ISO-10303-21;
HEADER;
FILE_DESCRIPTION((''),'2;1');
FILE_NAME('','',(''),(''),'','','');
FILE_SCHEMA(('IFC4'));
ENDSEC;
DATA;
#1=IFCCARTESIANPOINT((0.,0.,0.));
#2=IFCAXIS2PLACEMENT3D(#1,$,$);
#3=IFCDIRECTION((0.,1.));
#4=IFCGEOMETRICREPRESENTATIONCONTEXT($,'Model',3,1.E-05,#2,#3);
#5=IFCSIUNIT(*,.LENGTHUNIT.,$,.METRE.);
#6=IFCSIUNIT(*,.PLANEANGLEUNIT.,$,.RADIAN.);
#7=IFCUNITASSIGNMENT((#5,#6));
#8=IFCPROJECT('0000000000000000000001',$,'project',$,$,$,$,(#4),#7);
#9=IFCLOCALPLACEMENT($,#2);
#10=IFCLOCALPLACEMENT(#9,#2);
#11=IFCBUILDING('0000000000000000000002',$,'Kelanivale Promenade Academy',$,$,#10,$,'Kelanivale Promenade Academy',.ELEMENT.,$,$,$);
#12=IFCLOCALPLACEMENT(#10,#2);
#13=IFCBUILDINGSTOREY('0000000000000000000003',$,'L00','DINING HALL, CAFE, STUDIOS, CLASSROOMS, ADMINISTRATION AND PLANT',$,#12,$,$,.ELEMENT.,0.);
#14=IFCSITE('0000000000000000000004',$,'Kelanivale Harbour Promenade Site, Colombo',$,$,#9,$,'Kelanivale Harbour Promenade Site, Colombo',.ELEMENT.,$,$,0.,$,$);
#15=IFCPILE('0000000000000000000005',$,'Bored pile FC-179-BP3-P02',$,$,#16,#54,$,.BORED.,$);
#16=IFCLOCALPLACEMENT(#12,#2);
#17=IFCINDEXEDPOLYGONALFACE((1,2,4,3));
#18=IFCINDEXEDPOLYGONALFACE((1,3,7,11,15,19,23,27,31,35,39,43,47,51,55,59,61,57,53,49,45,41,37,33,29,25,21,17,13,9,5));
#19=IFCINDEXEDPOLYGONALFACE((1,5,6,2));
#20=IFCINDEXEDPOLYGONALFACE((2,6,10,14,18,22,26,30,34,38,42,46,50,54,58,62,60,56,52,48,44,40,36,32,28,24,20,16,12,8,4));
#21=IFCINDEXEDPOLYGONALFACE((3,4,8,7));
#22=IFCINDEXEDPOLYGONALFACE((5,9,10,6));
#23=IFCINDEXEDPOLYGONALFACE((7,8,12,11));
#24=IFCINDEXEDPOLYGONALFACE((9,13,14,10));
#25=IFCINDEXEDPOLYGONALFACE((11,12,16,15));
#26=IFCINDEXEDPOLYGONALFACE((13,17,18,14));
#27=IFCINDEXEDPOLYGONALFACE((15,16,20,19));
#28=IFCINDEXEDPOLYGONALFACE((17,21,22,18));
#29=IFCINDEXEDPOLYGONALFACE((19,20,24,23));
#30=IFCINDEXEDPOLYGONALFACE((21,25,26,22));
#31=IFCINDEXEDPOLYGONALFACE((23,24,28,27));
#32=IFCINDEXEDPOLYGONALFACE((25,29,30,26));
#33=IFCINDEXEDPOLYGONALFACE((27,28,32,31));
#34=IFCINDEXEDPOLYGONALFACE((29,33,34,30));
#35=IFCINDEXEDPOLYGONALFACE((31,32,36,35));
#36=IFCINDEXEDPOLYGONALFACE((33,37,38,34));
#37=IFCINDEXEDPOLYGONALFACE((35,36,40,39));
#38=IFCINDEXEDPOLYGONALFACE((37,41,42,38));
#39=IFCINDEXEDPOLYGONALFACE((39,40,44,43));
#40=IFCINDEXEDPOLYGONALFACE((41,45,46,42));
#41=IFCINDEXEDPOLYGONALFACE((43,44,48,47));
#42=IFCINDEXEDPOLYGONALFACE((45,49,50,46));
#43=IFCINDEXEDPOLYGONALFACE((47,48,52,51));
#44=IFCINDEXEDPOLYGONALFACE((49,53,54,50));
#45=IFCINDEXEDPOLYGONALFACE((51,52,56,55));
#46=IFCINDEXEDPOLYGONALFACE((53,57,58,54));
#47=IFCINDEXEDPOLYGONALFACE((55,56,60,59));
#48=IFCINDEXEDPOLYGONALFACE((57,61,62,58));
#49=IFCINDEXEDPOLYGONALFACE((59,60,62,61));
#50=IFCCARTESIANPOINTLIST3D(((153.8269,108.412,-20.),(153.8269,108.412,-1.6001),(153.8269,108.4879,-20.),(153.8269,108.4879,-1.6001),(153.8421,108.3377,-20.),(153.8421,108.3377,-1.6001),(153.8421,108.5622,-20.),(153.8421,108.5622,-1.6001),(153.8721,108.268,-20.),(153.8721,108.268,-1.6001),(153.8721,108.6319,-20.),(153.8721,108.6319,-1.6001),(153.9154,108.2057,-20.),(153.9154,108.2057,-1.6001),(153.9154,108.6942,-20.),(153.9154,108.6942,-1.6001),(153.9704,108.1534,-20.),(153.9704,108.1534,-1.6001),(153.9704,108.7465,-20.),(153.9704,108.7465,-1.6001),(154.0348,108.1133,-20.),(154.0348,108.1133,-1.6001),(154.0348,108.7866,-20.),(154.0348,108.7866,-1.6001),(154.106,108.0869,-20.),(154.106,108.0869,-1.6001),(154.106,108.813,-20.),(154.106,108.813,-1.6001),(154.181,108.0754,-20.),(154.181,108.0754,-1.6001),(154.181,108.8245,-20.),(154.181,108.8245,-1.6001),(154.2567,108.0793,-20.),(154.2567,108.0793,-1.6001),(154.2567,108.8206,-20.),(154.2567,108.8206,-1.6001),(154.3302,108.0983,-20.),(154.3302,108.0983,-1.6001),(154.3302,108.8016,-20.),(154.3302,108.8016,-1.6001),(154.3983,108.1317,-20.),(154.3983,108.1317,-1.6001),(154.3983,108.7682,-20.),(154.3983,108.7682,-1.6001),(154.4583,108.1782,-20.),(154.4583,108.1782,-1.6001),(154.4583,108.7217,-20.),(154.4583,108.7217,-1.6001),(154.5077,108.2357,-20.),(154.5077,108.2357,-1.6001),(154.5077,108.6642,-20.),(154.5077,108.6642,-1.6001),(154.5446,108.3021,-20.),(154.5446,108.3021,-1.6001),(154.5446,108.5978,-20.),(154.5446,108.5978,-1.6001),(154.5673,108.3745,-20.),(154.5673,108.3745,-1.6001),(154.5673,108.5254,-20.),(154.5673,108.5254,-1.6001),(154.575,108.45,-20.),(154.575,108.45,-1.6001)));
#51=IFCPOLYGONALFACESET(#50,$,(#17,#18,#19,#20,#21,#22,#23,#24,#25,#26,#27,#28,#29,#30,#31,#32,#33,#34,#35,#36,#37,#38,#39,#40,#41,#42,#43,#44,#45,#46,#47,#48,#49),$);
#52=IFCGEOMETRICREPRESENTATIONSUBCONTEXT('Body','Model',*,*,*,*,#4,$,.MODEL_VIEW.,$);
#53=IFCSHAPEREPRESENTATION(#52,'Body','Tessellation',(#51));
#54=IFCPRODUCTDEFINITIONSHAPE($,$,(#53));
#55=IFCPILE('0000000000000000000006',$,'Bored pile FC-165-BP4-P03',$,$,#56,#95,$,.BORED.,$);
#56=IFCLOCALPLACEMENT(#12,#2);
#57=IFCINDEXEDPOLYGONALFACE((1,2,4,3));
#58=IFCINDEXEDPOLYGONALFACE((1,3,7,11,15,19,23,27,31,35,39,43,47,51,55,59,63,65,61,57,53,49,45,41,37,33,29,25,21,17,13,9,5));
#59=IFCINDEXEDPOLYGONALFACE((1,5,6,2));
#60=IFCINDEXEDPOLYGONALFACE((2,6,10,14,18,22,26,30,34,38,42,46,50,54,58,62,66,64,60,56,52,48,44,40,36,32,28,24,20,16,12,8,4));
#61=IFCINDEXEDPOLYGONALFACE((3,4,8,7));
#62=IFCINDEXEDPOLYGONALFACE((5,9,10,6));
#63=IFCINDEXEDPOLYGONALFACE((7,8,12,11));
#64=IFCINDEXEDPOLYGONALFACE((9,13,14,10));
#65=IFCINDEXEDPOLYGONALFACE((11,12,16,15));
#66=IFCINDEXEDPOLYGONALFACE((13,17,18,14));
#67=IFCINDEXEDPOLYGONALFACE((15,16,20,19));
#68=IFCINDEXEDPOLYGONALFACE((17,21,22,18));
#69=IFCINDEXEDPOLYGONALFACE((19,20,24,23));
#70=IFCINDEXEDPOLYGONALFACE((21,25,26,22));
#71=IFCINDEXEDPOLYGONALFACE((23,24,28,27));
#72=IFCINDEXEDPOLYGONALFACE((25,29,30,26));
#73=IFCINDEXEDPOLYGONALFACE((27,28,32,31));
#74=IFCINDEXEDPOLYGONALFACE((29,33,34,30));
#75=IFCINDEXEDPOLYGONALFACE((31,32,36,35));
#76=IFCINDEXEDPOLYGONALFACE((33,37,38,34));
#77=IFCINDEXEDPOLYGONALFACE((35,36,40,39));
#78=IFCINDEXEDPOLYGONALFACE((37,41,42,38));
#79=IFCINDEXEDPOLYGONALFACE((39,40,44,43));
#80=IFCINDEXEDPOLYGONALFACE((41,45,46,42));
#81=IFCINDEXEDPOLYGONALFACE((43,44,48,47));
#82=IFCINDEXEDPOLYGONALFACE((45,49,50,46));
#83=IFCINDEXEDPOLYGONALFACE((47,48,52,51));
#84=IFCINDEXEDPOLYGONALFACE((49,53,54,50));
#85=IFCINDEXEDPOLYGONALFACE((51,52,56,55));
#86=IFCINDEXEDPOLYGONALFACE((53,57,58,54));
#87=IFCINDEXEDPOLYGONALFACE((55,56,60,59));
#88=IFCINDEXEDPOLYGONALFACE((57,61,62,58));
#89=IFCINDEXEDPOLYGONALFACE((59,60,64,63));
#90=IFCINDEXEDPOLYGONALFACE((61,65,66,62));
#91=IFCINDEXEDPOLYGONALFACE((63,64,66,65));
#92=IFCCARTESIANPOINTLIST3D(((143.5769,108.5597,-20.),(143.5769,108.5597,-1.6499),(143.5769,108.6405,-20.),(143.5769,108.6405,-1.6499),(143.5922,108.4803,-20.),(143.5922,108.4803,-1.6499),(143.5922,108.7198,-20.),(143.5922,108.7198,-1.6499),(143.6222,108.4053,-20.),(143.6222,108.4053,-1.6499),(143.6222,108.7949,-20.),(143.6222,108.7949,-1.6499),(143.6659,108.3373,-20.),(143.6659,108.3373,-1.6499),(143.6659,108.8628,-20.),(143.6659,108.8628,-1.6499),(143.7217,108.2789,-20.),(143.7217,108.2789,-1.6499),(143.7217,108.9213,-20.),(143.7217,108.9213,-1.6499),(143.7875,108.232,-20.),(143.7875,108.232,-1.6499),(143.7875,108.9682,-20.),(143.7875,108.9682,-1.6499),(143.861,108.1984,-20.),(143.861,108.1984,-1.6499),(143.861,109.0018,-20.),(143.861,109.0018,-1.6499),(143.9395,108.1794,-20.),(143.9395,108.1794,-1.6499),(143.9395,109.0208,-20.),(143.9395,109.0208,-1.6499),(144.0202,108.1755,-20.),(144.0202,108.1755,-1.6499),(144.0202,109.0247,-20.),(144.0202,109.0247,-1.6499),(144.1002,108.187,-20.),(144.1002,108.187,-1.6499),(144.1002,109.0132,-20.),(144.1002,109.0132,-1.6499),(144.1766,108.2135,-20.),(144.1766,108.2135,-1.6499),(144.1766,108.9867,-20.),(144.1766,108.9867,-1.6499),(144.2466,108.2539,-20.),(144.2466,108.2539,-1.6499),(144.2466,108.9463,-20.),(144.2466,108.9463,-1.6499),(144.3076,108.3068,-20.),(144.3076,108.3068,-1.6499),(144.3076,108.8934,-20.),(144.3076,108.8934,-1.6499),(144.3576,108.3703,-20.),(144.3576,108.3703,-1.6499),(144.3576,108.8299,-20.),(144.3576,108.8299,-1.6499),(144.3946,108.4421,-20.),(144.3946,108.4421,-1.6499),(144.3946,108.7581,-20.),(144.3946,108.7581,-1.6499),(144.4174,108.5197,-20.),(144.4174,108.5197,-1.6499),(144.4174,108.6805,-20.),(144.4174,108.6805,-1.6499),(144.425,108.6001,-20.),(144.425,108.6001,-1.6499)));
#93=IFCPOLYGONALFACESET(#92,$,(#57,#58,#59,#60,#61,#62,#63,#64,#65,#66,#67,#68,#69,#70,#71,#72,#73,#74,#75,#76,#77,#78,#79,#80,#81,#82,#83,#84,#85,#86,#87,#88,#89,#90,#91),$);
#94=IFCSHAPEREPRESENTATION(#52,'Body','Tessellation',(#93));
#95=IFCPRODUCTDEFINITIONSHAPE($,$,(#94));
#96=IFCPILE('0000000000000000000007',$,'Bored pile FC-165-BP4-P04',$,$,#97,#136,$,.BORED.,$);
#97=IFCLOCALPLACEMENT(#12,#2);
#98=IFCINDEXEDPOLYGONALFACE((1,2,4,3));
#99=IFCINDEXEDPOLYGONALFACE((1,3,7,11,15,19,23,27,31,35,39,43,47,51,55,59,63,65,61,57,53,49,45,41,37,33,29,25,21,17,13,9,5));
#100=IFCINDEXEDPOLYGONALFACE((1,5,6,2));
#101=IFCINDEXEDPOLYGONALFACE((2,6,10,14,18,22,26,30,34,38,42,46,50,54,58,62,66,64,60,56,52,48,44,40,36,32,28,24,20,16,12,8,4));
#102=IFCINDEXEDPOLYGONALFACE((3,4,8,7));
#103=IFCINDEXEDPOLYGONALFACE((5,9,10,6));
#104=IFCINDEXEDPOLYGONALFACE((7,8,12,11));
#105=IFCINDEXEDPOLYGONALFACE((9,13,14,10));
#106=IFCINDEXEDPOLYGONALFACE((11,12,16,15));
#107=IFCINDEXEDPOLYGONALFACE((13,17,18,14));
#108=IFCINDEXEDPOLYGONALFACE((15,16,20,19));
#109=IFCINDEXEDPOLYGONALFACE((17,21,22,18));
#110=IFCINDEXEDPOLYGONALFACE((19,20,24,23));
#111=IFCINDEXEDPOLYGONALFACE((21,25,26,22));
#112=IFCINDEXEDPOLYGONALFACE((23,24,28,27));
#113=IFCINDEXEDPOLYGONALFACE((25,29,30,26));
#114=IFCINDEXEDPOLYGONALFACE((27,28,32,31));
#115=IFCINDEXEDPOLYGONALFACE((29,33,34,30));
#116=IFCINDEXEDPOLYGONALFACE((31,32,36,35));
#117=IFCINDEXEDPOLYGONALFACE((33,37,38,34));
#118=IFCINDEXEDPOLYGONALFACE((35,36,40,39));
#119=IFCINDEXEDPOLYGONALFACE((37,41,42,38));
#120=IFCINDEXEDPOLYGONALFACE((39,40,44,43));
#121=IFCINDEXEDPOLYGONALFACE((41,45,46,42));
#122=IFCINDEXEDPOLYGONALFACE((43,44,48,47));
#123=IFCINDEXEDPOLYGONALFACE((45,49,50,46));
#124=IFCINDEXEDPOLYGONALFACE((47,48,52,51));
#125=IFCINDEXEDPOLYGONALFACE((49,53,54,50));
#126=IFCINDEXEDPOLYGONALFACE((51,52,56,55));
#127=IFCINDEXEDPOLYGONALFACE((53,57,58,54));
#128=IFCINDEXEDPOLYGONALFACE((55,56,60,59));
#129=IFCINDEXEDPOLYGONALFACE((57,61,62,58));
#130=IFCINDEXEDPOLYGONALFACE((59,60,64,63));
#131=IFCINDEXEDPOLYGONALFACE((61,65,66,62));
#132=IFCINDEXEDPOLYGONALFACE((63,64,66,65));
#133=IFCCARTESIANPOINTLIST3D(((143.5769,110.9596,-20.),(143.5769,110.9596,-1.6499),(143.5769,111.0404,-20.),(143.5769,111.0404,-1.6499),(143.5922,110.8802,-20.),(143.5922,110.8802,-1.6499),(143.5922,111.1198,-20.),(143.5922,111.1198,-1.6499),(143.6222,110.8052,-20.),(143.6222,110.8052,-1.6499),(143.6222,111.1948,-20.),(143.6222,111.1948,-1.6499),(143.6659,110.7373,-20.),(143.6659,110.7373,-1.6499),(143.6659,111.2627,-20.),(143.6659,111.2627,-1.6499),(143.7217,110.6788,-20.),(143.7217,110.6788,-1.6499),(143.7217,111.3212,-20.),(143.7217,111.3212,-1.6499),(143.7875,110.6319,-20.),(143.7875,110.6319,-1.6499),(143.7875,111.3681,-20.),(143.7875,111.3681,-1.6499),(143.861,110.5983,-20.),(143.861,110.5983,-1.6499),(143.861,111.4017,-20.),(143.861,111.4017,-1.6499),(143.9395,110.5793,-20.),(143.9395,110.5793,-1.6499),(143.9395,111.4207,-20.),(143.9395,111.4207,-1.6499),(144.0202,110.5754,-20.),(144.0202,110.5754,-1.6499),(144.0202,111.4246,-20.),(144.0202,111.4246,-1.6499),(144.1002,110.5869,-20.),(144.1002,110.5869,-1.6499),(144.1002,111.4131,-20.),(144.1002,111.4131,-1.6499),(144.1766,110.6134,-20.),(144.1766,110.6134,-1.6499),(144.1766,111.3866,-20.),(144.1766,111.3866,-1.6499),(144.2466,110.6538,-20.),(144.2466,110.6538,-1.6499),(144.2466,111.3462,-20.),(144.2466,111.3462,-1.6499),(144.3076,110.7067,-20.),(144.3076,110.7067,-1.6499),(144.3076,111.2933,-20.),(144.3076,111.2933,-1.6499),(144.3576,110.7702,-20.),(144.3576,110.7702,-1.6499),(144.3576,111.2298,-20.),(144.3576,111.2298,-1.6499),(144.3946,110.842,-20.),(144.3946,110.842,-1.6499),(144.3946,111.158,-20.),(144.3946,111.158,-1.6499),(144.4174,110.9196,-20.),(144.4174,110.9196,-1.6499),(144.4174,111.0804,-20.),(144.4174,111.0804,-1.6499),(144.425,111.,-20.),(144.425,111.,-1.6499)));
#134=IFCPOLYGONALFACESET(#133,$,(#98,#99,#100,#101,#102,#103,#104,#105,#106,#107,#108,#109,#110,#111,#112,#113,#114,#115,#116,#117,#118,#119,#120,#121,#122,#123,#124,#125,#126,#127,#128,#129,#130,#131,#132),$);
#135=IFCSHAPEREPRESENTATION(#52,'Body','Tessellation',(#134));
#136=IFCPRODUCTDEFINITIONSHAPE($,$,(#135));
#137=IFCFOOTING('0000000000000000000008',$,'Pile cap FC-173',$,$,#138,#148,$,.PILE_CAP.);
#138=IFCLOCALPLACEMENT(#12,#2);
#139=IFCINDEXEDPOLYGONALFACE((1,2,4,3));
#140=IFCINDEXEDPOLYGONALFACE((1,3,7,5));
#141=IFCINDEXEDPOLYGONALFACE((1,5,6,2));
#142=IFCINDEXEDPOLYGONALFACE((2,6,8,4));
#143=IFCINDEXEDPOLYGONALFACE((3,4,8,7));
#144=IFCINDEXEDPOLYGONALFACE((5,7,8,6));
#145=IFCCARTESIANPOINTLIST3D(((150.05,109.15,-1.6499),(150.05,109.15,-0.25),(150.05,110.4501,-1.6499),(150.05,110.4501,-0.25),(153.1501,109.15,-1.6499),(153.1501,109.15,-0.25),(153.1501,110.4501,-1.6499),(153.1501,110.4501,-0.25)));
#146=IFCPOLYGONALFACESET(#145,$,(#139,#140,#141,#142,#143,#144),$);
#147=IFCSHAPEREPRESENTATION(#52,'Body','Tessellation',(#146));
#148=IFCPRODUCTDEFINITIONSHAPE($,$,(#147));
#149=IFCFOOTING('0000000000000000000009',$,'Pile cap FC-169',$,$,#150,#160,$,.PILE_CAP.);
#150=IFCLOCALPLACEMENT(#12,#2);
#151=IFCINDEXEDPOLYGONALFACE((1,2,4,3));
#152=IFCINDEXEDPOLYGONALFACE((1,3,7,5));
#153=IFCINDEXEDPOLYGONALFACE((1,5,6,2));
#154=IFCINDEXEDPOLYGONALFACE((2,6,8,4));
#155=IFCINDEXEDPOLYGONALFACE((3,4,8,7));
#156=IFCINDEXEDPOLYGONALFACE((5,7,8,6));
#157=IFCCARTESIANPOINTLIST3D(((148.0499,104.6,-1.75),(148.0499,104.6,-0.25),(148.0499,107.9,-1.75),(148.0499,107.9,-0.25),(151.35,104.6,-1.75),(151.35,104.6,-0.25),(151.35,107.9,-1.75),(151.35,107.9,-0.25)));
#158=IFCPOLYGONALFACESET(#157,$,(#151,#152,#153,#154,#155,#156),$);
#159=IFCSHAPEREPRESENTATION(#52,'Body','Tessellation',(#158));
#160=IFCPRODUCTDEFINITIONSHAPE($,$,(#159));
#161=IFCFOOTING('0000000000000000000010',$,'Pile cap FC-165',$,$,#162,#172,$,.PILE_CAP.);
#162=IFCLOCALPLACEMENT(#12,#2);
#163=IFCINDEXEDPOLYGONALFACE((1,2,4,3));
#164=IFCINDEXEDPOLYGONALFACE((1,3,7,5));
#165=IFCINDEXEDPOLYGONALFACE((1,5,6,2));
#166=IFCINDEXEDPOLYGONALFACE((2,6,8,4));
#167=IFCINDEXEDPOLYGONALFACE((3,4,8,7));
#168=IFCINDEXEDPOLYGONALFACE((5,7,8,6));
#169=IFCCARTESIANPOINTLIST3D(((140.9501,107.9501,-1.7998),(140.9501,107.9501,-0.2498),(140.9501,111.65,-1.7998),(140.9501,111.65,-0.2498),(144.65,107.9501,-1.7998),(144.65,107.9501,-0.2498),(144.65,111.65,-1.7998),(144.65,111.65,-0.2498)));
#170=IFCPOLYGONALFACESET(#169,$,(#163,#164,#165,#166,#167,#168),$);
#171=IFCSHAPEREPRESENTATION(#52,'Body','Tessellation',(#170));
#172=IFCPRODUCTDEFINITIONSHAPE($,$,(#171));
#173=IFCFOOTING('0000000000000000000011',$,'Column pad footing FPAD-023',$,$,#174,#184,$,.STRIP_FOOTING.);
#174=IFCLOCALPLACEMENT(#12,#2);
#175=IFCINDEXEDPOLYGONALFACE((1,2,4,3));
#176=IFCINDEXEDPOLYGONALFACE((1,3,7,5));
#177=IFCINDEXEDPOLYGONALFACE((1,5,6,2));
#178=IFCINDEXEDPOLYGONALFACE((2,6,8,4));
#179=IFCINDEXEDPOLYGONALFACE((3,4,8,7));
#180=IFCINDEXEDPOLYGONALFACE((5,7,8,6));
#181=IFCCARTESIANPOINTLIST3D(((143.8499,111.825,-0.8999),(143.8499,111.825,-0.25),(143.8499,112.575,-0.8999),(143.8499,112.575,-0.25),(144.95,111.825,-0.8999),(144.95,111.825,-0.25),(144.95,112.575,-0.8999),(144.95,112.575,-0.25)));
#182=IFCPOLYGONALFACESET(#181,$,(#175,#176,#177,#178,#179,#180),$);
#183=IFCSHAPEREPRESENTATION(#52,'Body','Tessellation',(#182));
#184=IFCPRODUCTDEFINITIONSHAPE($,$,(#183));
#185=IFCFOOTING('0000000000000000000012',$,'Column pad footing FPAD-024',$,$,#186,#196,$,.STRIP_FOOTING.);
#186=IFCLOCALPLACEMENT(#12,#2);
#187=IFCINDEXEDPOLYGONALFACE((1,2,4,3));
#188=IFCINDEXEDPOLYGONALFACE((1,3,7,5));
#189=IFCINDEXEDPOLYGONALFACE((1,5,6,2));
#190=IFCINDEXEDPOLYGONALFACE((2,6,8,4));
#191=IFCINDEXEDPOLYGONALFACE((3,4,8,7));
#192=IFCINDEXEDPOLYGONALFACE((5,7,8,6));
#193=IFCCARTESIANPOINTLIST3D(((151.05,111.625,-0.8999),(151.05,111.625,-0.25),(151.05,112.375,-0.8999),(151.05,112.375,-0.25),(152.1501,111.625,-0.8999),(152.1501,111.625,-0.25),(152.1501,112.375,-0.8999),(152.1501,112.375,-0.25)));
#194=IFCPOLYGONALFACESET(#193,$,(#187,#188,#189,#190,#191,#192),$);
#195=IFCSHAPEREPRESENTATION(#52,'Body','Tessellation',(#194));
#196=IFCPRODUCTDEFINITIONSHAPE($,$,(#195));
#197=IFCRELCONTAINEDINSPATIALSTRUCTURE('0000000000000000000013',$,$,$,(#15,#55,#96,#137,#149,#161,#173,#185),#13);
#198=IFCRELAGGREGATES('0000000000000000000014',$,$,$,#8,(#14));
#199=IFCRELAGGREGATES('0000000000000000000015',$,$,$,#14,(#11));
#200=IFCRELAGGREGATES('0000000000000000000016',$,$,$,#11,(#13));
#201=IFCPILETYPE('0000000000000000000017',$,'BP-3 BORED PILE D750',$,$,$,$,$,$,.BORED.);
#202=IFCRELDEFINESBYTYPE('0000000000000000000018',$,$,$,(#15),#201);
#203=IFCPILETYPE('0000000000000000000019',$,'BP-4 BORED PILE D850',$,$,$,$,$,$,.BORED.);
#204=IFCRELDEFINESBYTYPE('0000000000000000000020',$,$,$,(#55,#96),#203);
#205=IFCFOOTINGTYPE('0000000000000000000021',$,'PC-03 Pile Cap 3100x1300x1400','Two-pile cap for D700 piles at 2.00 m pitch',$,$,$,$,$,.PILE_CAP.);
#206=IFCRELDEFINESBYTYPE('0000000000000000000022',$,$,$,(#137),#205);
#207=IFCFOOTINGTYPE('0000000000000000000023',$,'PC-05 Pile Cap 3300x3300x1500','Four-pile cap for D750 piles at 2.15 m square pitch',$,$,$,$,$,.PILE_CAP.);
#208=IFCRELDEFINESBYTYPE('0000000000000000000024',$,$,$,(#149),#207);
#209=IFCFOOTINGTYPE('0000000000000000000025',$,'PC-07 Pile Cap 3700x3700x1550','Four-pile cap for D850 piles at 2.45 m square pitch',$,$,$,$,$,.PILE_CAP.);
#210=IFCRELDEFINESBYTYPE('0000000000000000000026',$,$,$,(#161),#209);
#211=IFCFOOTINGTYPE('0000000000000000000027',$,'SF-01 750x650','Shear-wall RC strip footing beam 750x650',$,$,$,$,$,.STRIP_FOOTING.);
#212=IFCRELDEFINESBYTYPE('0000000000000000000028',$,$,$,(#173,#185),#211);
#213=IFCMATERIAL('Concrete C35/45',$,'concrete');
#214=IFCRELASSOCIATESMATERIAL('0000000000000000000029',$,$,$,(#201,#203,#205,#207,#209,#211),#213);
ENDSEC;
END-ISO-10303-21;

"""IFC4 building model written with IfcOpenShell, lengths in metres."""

from ifc_helpers import new_model, si_unit, direction, frame, origin, origin_2d, place, context, subcontext, project, spatial, rectangle, circle, extrude, material, material_profile, profile_set, type_object, element, save


model = new_model("IFC4")

# Units and contexts
model_context = context("Model", 3, precision=1e-05, world=origin(), true_north=direction((0.0, 1.0)))
body_context = subcontext(model_context, "Body", "Model", "MODEL_VIEW")
ifc_project = project(units=[si_unit("LENGTHUNIT", "METRE"), si_unit("PLANEANGLEUNIT", "RADIAN")], contexts=[model_context])

# Site, building, storey
site_placement = place(None, origin())
site = spatial("IfcSite", under=ifc_project, at=site_placement, Name="Kelanivale Harbour Promenade Site, Colombo", LongName="Kelanivale Harbour Promenade Site, Colombo", CompositionType="ELEMENT", RefElevation=0.0)
building_placement = place(site_placement, origin())
building = spatial("IfcBuilding", under=site, at=building_placement, Name="Kelanivale Promenade Academy", LongName="Kelanivale Promenade Academy", CompositionType="ELEMENT")
storey_placement = place(building_placement, origin())
storey = spatial("IfcBuildingStorey", under=building, at=storey_placement, Name="L00", Description="DINING HALL, CAFE, STUDIOS, CLASSROOMS, ADMINISTRATION AND PLANT", CompositionType="ELEMENT", Elevation=0.0)

# Piles
ifc_material_1 = material(Name="Concrete C35/45", Category="concrete")
ifc_material_profile_1 = material_profile(ifc_material_1, circle(Radius=0.375, at=origin_2d()), Name="BORED PILE D750")
ifc_profile_set_1 = profile_set([ifc_material_profile_1], Name="Concrete C35/45")
pile_type_1 = type_object("IfcPileType", Name="BP-3 BORED PILE D750", PredefinedType="BORED", material=ifc_profile_set_1)
for number, where, z_axis, x_axis, name in (
    (1, (154.2, 108.45, -1.6001), (0.0, 0.0, -1.0), (1.0, 0.0, 0.0), "Bored pile FC-179-BP3-P02"),
):
    element("IfcPile", number, at=place(storey_placement, frame(where, z_axis=z_axis, x_axis=x_axis)), inside=storey, type_object=pile_type_1, Name=name, PredefinedType="BORED", context=body_context, shape_type="SweptSolid", body=[
        extrude(circle(Radius=0.375, at=origin_2d()), origin(), (0.0, 0.0, 1.0), 18.3999),
    ])
ifc_material_profile_2 = material_profile(ifc_material_1, circle(Radius=0.425, at=origin_2d()), Name="BORED PILE D850")
ifc_profile_set_2 = profile_set([ifc_material_profile_2], Name="Concrete C35/45")
pile_type_2 = type_object("IfcPileType", Name="BP-4 BORED PILE D850", PredefinedType="BORED", material=ifc_profile_set_2)
for number, where, z_axis, x_axis, name in (
    (2, (144.0, 108.6001, -1.6499), (0.0, 0.0, -1.0), (1.0, 0.0, 0.0), "Bored pile FC-165-BP4-P03"),
    (3, (144.0, 111.0, -1.6499), (0.0, 0.0, -1.0), (1.0, 0.0, 0.0), "Bored pile FC-165-BP4-P04"),
):
    element("IfcPile", number, at=place(storey_placement, frame(where, z_axis=z_axis, x_axis=x_axis)), inside=storey, type_object=pile_type_2, Name=name, PredefinedType="BORED", context=body_context, shape_type="SweptSolid", body=[
        extrude(circle(Radius=0.425, at=origin_2d()), origin(), (0.0, 0.0, 1.0), 18.3501),
    ])

# Footings
footing_type_1 = type_object("IfcFootingType", Name="PC-03 Pile Cap 3100x1300x1400", Description="Two-pile cap for D700 piles at 2.00 m pitch", PredefinedType="PILE_CAP", material=ifc_material_1)
footing_1_placement = place(storey_placement, frame((151.6001, 109.8, -1.6499), z_axis=(0.0, 0.0, 1.0), x_axis=(1.0, 0.0, 0.0)))
element("IfcFooting", 4, at=footing_1_placement, inside=storey, type_object=footing_type_1, Name="Pile cap FC-173", PredefinedType="PILE_CAP", context=body_context, shape_type="SweptSolid", body=[
    extrude(rectangle(XDim=3.1001, YDim=1.3, at=origin_2d()), origin(), (0.0, 0.0, 1.0), 1.3999),
])
footing_type_2 = type_object("IfcFootingType", Name="PC-05 Pile Cap 3300x3300x1500", Description="Four-pile cap for D750 piles at 2.15 m square pitch", PredefinedType="PILE_CAP", material=ifc_material_1)
footing_2_placement = place(storey_placement, frame((149.7, 106.25, -1.75), z_axis=(0.0, 0.0, 1.0), x_axis=(1.0, 0.0, 0.0)))
element("IfcFooting", 5, at=footing_2_placement, inside=storey, type_object=footing_type_2, Name="Pile cap FC-169", PredefinedType="PILE_CAP", context=body_context, shape_type="SweptSolid", body=[
    extrude(rectangle(XDim=3.3, YDim=3.3, at=origin_2d()), origin(), (0.0, 0.0, 1.0), 1.5),
])
footing_type_3 = type_object("IfcFootingType", Name="PC-07 Pile Cap 3700x3700x1550", Description="Four-pile cap for D850 piles at 2.45 m square pitch", PredefinedType="PILE_CAP", material=ifc_material_1)
footing_3_placement = place(storey_placement, frame((142.8, 109.8, -1.7998), z_axis=(0.0, 0.0, 1.0), x_axis=(1.0, 0.0, 0.0)))
element("IfcFooting", 6, at=footing_3_placement, inside=storey, type_object=footing_type_3, Name="Pile cap FC-165", PredefinedType="PILE_CAP", context=body_context, shape_type="SweptSolid", body=[
    extrude(rectangle(XDim=3.7, YDim=3.7, at=origin_2d()), origin(), (0.0, 0.0, 1.0), 1.55),
])
footing_type_4 = type_object("IfcFootingType", Name="SF-01 750x650", Description="Shear-wall RC strip footing beam 750x650", PredefinedType="STRIP_FOOTING", material=ifc_material_1)
for number, where, z_axis, x_axis, name in (
    (7, (144.3999, 112.2, -0.8999), (0.0, 0.0, 1.0), (1.0, 0.0, 0.0), "Column pad footing FPAD-023"),
    (8, (151.6001, 112.0, -0.8999), (0.0, 0.0, 1.0), (1.0, 0.0, 0.0), "Column pad footing FPAD-024"),
):
    element("IfcFooting", number, at=place(storey_placement, frame(where, z_axis=z_axis, x_axis=x_axis)), inside=storey, type_object=footing_type_4, Name=name, PredefinedType="STRIP_FOOTING", context=body_context, shape_type="SweptSolid", body=[
        extrude(rectangle(XDim=1.1001, YDim=0.75, at=origin_2d()), origin(), (0.0, 0.0, 1.0), 0.6499),
    ])

save(model, "model.ifc")
